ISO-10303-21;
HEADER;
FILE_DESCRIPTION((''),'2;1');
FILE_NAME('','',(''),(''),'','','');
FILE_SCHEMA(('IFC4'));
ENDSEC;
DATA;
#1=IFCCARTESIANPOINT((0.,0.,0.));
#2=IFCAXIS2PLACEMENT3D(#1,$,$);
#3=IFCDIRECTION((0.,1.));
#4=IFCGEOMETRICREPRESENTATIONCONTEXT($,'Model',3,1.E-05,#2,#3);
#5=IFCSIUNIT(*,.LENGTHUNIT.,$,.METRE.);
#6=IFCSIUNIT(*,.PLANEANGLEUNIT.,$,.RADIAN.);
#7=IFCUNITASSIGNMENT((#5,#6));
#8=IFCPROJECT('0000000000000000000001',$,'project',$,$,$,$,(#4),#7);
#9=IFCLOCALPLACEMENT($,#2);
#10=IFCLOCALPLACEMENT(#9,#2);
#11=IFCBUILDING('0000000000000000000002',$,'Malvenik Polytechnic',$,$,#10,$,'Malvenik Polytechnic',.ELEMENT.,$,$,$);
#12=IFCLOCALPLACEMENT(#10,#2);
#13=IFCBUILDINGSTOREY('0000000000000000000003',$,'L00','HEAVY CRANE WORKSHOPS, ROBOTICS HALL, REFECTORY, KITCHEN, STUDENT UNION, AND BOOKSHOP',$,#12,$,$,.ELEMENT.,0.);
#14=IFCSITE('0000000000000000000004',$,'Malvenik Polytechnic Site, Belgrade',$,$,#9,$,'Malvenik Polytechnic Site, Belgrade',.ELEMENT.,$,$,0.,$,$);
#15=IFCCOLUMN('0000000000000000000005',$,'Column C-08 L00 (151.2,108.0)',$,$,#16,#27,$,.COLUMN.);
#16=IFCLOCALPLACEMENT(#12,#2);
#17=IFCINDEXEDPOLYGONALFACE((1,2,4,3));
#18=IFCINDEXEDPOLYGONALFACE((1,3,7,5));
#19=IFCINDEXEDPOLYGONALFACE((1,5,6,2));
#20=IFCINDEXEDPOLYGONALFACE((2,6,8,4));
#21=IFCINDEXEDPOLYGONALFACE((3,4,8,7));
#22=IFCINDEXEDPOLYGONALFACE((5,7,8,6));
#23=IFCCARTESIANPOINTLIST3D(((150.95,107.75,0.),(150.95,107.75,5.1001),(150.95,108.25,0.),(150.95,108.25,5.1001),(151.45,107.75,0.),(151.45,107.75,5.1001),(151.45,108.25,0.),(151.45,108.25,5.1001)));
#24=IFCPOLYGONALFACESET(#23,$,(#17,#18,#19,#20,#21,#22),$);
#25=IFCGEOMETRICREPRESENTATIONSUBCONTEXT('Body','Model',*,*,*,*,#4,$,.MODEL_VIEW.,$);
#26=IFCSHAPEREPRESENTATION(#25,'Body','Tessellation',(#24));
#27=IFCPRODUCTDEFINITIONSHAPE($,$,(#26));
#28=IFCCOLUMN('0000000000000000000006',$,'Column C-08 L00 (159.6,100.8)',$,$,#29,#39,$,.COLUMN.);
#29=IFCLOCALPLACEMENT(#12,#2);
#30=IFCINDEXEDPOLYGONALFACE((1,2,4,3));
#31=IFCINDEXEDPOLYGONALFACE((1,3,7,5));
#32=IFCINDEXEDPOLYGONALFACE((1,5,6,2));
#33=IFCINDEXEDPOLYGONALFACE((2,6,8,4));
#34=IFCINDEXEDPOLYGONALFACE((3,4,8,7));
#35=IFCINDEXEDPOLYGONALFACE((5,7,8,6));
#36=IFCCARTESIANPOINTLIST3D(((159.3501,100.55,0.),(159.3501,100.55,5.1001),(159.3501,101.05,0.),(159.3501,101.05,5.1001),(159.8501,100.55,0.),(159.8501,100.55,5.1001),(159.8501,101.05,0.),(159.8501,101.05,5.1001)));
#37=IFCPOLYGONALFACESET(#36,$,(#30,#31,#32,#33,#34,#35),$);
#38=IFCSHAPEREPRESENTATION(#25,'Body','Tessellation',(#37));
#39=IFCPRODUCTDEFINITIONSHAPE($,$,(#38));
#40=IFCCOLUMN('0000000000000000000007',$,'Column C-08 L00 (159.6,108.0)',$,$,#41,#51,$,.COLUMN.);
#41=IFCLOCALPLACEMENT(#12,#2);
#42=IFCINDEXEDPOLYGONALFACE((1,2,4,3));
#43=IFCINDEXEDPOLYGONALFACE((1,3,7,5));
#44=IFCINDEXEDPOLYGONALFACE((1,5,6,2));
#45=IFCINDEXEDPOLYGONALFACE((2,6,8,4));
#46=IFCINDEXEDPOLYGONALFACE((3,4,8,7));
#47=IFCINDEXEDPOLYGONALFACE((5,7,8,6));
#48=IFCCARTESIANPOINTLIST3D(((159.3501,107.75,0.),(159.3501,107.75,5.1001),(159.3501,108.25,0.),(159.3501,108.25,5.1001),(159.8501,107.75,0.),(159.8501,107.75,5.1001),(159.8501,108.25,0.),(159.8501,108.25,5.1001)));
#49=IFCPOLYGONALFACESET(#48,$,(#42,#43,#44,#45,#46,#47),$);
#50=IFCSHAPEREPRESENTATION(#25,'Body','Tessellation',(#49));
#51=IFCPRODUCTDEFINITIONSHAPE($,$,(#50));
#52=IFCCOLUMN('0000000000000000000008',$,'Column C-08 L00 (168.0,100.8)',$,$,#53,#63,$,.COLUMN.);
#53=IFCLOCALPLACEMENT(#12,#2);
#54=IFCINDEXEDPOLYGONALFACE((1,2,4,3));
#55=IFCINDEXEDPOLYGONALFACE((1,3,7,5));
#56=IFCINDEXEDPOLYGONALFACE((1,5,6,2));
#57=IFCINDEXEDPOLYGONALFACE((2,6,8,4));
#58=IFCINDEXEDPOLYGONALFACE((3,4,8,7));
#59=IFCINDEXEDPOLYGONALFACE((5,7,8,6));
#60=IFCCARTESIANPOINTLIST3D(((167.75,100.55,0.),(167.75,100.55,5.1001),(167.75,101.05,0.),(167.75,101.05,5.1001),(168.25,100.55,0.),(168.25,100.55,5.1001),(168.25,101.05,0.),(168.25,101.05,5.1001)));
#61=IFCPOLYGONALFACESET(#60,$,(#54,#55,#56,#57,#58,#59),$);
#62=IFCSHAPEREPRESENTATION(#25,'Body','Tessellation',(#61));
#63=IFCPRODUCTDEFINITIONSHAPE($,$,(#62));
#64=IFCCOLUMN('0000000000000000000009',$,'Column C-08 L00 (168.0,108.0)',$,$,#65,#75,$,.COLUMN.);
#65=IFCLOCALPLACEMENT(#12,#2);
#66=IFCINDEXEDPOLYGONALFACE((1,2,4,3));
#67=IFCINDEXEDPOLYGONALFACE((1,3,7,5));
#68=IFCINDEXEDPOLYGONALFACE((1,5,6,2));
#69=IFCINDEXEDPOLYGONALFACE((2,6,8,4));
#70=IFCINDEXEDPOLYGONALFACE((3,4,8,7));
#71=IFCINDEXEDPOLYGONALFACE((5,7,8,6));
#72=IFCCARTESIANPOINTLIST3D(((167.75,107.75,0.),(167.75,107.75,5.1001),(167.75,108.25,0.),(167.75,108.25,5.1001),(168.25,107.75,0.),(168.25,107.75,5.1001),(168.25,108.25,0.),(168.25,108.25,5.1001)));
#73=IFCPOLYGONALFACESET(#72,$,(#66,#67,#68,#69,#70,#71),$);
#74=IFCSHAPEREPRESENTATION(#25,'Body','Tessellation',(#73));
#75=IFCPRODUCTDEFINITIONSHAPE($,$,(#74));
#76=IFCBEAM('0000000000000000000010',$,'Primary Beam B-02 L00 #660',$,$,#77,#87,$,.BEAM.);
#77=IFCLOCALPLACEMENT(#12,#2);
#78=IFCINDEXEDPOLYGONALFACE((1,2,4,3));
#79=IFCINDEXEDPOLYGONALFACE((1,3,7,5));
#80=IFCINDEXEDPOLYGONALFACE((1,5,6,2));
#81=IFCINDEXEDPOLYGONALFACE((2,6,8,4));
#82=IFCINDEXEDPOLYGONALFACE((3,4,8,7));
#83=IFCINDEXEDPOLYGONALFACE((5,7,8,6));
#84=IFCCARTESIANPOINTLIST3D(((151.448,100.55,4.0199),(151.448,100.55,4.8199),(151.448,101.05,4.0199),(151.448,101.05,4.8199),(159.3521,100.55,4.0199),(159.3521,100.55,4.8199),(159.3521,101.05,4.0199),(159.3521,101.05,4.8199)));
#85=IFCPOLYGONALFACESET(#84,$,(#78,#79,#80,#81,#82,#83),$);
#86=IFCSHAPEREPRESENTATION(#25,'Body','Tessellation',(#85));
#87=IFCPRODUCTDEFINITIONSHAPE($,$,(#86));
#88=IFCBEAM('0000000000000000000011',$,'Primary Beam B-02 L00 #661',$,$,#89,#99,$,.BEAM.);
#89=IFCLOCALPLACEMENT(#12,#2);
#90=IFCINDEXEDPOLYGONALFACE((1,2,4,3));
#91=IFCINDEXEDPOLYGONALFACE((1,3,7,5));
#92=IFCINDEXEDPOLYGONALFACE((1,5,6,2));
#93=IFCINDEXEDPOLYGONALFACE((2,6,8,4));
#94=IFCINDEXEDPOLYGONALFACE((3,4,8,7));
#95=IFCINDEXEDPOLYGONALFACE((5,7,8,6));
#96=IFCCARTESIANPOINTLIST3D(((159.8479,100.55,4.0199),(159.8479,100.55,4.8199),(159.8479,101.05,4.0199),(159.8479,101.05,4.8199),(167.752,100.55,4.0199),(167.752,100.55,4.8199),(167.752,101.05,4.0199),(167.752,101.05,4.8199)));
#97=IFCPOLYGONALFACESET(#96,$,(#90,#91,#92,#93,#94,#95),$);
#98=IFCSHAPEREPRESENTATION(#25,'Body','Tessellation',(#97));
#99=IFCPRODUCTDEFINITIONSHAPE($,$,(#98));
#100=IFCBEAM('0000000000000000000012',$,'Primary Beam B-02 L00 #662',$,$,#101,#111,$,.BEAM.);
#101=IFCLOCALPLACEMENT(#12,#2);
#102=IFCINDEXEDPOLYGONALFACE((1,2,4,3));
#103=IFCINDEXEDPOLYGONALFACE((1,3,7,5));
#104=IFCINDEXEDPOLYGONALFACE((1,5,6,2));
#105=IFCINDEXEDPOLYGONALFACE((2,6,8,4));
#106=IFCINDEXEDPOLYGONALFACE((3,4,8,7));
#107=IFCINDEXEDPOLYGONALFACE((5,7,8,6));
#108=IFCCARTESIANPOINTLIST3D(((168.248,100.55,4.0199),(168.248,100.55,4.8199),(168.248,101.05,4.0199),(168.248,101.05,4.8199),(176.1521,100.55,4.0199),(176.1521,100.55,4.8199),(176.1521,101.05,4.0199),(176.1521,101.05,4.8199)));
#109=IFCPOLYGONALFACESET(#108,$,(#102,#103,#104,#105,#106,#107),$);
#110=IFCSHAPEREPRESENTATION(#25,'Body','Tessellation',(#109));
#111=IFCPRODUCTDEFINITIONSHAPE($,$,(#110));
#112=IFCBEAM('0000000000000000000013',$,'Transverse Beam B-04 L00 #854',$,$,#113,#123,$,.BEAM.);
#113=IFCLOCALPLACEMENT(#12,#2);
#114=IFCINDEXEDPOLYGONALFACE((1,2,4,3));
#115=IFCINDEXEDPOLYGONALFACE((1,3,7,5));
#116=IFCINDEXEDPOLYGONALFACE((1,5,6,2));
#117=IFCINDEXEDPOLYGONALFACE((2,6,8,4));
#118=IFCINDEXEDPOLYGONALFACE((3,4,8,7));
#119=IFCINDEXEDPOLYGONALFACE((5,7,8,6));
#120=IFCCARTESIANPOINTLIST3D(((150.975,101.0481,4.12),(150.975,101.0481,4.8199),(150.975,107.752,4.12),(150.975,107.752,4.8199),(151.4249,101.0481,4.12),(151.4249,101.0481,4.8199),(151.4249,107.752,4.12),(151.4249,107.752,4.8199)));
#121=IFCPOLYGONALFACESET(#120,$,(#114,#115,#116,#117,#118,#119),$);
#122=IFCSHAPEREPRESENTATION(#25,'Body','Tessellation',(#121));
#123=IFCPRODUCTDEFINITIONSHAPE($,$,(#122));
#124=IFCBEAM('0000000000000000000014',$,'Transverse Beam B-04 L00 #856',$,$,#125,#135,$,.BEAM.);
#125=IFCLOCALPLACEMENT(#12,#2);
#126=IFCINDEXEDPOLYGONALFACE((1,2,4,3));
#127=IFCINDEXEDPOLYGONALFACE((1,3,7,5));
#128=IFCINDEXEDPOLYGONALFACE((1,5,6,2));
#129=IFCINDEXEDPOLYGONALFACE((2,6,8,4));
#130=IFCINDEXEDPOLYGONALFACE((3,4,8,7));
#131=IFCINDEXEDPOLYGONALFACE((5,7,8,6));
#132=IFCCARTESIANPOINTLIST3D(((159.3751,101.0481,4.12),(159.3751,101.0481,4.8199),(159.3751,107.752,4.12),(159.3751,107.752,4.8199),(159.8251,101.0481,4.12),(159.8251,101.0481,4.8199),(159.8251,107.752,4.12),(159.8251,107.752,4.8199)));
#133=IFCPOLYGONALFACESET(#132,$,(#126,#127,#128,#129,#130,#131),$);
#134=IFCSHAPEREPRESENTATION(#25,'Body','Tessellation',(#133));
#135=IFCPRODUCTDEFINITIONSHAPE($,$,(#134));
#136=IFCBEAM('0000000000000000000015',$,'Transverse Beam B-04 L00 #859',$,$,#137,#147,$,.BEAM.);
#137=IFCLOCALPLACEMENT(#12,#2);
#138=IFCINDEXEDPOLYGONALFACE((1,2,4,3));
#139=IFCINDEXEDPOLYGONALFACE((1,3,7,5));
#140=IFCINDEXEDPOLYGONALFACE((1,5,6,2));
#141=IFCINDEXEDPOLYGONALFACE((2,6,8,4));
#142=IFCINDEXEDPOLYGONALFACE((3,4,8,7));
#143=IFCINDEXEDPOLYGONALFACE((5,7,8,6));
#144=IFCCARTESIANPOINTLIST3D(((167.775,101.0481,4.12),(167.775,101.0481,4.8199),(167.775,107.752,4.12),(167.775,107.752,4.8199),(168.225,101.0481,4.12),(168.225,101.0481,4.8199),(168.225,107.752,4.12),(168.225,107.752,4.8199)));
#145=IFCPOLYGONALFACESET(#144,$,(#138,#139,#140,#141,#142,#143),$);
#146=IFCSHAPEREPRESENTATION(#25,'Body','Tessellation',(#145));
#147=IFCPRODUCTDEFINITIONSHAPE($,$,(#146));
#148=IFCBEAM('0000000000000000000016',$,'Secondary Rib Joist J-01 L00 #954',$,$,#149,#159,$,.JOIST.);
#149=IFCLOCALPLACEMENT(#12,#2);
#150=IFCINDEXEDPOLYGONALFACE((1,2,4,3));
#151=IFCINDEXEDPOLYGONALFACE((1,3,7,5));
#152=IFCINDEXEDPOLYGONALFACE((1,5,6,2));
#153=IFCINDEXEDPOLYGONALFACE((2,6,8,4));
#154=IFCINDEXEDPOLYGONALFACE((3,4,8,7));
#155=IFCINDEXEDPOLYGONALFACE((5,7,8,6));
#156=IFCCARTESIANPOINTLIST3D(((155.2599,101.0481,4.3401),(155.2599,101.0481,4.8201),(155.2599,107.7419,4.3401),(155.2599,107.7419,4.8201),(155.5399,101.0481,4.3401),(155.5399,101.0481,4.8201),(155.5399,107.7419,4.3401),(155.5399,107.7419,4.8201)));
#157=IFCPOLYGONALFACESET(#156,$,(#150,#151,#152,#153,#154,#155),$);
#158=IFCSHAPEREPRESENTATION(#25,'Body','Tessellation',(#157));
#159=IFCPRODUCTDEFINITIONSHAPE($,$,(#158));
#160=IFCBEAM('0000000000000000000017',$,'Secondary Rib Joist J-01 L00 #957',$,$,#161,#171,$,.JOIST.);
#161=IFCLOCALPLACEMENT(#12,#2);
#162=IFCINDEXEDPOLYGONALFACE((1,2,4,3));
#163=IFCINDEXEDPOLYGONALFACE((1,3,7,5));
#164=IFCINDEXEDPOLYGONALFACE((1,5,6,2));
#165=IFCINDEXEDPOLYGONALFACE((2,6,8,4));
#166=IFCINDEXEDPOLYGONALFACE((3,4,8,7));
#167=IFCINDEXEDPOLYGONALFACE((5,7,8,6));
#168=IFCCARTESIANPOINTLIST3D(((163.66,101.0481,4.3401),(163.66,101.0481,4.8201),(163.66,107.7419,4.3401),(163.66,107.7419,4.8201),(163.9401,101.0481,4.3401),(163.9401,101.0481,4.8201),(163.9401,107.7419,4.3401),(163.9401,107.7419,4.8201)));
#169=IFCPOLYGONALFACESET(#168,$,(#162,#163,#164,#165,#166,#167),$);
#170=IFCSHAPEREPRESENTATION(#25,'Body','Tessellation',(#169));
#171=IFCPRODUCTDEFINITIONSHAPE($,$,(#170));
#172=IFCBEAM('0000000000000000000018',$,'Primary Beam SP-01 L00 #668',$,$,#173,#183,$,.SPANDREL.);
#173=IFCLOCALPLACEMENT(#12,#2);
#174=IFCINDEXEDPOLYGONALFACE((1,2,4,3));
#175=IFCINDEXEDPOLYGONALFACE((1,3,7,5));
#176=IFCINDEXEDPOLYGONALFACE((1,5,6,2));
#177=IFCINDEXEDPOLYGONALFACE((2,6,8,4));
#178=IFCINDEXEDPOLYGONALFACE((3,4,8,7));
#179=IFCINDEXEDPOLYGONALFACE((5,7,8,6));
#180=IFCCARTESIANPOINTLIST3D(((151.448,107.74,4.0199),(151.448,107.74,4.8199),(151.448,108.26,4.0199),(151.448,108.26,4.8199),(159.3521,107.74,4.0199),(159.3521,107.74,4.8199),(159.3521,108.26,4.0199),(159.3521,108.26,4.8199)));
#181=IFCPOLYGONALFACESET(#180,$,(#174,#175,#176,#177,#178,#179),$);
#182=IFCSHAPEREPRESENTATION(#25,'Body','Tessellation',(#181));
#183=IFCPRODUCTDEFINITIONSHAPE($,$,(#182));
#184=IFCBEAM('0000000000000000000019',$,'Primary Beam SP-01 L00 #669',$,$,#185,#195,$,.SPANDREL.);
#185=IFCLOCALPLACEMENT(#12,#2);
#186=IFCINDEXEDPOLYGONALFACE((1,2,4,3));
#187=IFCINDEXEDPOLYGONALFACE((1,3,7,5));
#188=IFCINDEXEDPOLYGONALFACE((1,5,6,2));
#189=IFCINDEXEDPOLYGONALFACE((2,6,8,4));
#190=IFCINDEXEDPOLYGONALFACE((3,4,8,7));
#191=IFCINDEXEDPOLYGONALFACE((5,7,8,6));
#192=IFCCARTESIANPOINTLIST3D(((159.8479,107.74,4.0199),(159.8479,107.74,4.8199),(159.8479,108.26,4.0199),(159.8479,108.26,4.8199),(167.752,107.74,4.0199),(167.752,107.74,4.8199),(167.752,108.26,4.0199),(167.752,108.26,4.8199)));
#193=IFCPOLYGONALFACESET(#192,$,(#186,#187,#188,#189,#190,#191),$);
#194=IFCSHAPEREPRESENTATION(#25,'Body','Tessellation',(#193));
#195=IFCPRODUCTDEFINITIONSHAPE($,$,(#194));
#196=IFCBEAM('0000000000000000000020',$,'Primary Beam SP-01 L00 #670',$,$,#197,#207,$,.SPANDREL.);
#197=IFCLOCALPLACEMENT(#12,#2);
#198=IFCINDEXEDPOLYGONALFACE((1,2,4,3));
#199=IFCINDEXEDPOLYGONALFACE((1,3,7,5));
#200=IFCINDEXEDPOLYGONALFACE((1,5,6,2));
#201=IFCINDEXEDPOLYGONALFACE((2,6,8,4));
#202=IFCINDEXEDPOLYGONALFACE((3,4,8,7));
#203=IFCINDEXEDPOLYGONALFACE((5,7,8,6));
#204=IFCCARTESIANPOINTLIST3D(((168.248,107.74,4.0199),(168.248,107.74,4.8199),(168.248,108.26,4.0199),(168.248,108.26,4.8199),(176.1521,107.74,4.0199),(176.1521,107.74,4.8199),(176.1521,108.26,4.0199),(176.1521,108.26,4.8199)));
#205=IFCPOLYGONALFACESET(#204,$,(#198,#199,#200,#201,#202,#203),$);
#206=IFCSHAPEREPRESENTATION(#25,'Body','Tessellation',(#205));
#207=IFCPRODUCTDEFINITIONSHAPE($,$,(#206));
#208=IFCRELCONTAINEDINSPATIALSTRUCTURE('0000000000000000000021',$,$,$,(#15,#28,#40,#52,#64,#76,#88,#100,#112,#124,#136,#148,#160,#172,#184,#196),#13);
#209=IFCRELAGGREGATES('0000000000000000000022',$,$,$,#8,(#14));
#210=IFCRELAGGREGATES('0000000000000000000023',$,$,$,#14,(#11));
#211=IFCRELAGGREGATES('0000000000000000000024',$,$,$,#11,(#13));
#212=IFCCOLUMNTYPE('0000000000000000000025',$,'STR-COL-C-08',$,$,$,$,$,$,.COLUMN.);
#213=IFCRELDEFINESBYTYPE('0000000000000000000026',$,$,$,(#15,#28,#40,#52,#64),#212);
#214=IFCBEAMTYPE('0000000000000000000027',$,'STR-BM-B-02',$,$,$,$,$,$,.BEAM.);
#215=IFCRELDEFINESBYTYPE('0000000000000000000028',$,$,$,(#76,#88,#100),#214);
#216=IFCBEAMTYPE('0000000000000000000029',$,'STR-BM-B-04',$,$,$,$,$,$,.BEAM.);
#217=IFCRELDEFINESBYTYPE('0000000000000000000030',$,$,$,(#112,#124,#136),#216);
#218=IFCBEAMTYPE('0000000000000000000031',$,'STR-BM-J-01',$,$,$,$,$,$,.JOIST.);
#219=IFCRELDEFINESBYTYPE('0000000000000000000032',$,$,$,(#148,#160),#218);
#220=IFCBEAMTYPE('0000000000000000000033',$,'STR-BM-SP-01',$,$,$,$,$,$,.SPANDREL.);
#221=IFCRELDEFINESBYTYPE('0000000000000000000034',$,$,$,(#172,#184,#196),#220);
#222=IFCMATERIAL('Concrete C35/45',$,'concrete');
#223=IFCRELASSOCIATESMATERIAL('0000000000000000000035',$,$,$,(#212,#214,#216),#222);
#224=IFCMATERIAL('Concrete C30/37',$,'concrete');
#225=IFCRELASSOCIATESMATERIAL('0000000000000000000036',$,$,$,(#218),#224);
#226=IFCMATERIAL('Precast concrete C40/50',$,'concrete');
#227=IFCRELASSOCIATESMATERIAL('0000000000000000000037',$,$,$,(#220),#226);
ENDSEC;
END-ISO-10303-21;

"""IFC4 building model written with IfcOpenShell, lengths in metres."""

from ifc_helpers import new_model, si_unit, direction, frame, origin, origin_2d, place, context, subcontext, project, spatial, rectangle, extrude, material, material_profile, profile_set, type_object, element, save


model = new_model("IFC4")

# Units and contexts
model_context = context("Model", 3, precision=1e-05, world=origin(), true_north=direction((0.0, 1.0)))
body_context = subcontext(model_context, "Body", "Model", "MODEL_VIEW")
ifc_project = project(units=[si_unit("LENGTHUNIT", "METRE"), si_unit("PLANEANGLEUNIT", "RADIAN")], contexts=[model_context])

# Site, building, storey
site_placement = place(None, origin())
site = spatial("IfcSite", under=ifc_project, at=site_placement, Name="Malvenik Polytechnic Site, Belgrade", LongName="Malvenik Polytechnic Site, Belgrade", CompositionType="ELEMENT", RefElevation=0.0)
building_placement = place(site_placement, origin())
building = spatial("IfcBuilding", under=site, at=building_placement, Name="Malvenik Polytechnic", LongName="Malvenik Polytechnic", CompositionType="ELEMENT")
storey_placement = place(building_placement, origin())
storey = spatial("IfcBuildingStorey", under=building, at=storey_placement, Name="L00", Description="HEAVY CRANE WORKSHOPS, ROBOTICS HALL, REFECTORY, KITCHEN, STUDENT UNION, AND BOOKSHOP", CompositionType="ELEMENT", Elevation=0.0)

# Columns
ifc_material_1 = material(Name="Concrete C35/45", Category="concrete")
ifc_material_profile_1 = material_profile(ifc_material_1, rectangle(XDim=0.5, YDim=0.5, at=origin_2d()), Name="RC COL 500x500")
ifc_profile_set_1 = profile_set([ifc_material_profile_1], Name="Concrete C35/45")
column_type = type_object("IfcColumnType", Name="STR-COL-C-08", PredefinedType="COLUMN", material=ifc_profile_set_1)
for number, where, z_axis, x_axis, name in (
    (1, (151.2, 108.0, 0.0), (0.0, 0.0, 1.0), (1.0, 0.0, 0.0), "Column C-08 L00 (151.2,108.0)"),
    (2, (159.6001, 100.8, 0.0), (0.0, 0.0, 1.0), (1.0, 0.0, 0.0), "Column C-08 L00 (159.6,100.8)"),
    (3, (159.6001, 108.0, 0.0), (0.0, 0.0, 1.0), (1.0, 0.0, 0.0), "Column C-08 L00 (159.6,108.0)"),
    (4, (168.0, 100.8, 0.0), (0.0, 0.0, 1.0), (1.0, 0.0, 0.0), "Column C-08 L00 (168.0,100.8)"),
    (5, (168.0, 108.0, 0.0), (0.0, 0.0, 1.0), (1.0, 0.0, 0.0), "Column C-08 L00 (168.0,108.0)"),
):
    element("IfcColumn", number, at=place(storey_placement, frame(where, z_axis=z_axis, x_axis=x_axis)), inside=storey, type_object=column_type, Name=name, PredefinedType="COLUMN", context=body_context, shape_type="SweptSolid", body=[
        extrude(rectangle(XDim=0.5, YDim=0.5, at=origin_2d()), origin(), (0.0, 0.0, 1.0), 5.1001),
    ])

# Beams
ifc_material_profile_2 = material_profile(ifc_material_1, rectangle(XDim=0.5, YDim=0.8, at=origin_2d()), Name="RC BM 500x800")
ifc_profile_set_2 = profile_set([ifc_material_profile_2], Name="Concrete C35/45")
beam_type_1 = type_object("IfcBeamType", Name="STR-BM-B-02", PredefinedType="BEAM", material=ifc_profile_set_2)
for number, where, z_axis, x_axis, name in (
    (6, (151.448, 100.8, 4.4199), (1.0, 0.0, 0.0), (0.0, 1.0, 0.0), "Primary Beam B-02 L00 #660"),
    (7, (159.8479, 100.8, 4.4199), (1.0, 0.0, 0.0), (0.0, 1.0, 0.0), "Primary Beam B-02 L00 #661"),
    (8, (168.248, 100.8, 4.4199), (1.0, 0.0, 0.0), (0.0, 1.0, 0.0), "Primary Beam B-02 L00 #662"),
):
    element("IfcBeam", number, at=place(storey_placement, frame(where, z_axis=z_axis, x_axis=x_axis)), inside=storey, type_object=beam_type_1, Name=name, PredefinedType="BEAM", context=body_context, shape_type="SweptSolid", body=[
        extrude(rectangle(XDim=0.5, YDim=0.8, at=origin_2d()), origin(), (0.0, 0.0, 1.0), 7.9041),
    ])
ifc_material_profile_3 = material_profile(ifc_material_1, rectangle(XDim=0.45, YDim=0.7, at=origin_2d()), Name="RC BM 450x700")
ifc_profile_set_3 = profile_set([ifc_material_profile_3], Name="Concrete C35/45")
beam_type_2 = type_object("IfcBeamType", Name="STR-BM-B-04", PredefinedType="BEAM", material=ifc_profile_set_3)
for number, where, z_axis, x_axis, name in (
    (9, (151.2, 101.0481, 4.47), (0.0, 1.0, 0.0), (-1.0, 0.0, 0.0), "Transverse Beam B-04 L00 #854"),
    (10, (159.6001, 101.0481, 4.47), (0.0, 1.0, 0.0), (-1.0, 0.0, 0.0), "Transverse Beam B-04 L00 #856"),
    (11, (168.0, 101.0481, 4.47), (0.0, 1.0, 0.0), (-1.0, 0.0, 0.0), "Transverse Beam B-04 L00 #859"),
):
    element("IfcBeam", number, at=place(storey_placement, frame(where, z_axis=z_axis, x_axis=x_axis)), inside=storey, type_object=beam_type_2, Name=name, PredefinedType="BEAM", context=body_context, shape_type="SweptSolid", body=[
        extrude(rectangle(XDim=0.45, YDim=0.7, at=origin_2d()), origin(), (0.0, 0.0, 1.0), 6.7039),
    ])
ifc_material_2 = material(Name="Concrete C30/37", Category="concrete")
ifc_material_profile_4 = material_profile(ifc_material_2, rectangle(XDim=0.28, YDim=0.48, at=origin_2d()), Name="RC JST 280x480")
ifc_profile_set_4 = profile_set([ifc_material_profile_4], Name="Concrete C30/37")
beam_type_3 = type_object("IfcBeamType", Name="STR-BM-J-01", PredefinedType="JOIST", material=ifc_profile_set_4)
for number, where, z_axis, x_axis, name in (
    (12, (155.3999, 101.0481, 4.5801), (0.0, 1.0, 0.0), (-1.0, 0.0, 0.0), "Secondary Rib Joist J-01 L00 #954"),
    (13, (163.8, 101.0481, 4.5801), (0.0, 1.0, 0.0), (-1.0, 0.0, 0.0), "Secondary Rib Joist J-01 L00 #957"),
):
    element("IfcBeam", number, at=place(storey_placement, frame(where, z_axis=z_axis, x_axis=x_axis)), inside=storey, type_object=beam_type_3, Name=name, PredefinedType="JOIST", context=body_context, shape_type="SweptSolid", body=[
        extrude(rectangle(XDim=0.28, YDim=0.48, at=origin_2d()), origin(), (0.0, 0.0, 1.0), 6.6938),
    ])
ifc_material_3 = material(Name="Precast concrete C40/50", Category="concrete")
ifc_material_profile_5 = material_profile(ifc_material_3, rectangle(XDim=0.52, YDim=0.8, at=origin_2d()), Name="PC SPN 520x800")
ifc_profile_set_5 = profile_set([ifc_material_profile_5], Name="Precast concrete C40/50")
beam_type_4 = type_object("IfcBeamType", Name="STR-BM-SP-01", PredefinedType="SPANDREL", material=ifc_profile_set_5)
for number, where, z_axis, x_axis, name in (
    (14, (151.448, 108.0, 4.4199), (1.0, 0.0, 0.0), (0.0, 1.0, 0.0), "Primary Beam SP-01 L00 #668"),
    (15, (159.8479, 108.0, 4.4199), (1.0, 0.0, 0.0), (0.0, 1.0, 0.0), "Primary Beam SP-01 L00 #669"),
    (16, (168.248, 108.0, 4.4199), (1.0, 0.0, 0.0), (0.0, 1.0, 0.0), "Primary Beam SP-01 L00 #670"),
):
    element("IfcBeam", number, at=place(storey_placement, frame(where, z_axis=z_axis, x_axis=x_axis)), inside=storey, type_object=beam_type_4, Name=name, PredefinedType="SPANDREL", context=body_context, shape_type="SweptSolid", body=[
        extrude(rectangle(XDim=0.52, YDim=0.8, at=origin_2d()), origin(), (0.0, 0.0, 1.0), 7.9041),
    ])

save(model, "model.ifc")
